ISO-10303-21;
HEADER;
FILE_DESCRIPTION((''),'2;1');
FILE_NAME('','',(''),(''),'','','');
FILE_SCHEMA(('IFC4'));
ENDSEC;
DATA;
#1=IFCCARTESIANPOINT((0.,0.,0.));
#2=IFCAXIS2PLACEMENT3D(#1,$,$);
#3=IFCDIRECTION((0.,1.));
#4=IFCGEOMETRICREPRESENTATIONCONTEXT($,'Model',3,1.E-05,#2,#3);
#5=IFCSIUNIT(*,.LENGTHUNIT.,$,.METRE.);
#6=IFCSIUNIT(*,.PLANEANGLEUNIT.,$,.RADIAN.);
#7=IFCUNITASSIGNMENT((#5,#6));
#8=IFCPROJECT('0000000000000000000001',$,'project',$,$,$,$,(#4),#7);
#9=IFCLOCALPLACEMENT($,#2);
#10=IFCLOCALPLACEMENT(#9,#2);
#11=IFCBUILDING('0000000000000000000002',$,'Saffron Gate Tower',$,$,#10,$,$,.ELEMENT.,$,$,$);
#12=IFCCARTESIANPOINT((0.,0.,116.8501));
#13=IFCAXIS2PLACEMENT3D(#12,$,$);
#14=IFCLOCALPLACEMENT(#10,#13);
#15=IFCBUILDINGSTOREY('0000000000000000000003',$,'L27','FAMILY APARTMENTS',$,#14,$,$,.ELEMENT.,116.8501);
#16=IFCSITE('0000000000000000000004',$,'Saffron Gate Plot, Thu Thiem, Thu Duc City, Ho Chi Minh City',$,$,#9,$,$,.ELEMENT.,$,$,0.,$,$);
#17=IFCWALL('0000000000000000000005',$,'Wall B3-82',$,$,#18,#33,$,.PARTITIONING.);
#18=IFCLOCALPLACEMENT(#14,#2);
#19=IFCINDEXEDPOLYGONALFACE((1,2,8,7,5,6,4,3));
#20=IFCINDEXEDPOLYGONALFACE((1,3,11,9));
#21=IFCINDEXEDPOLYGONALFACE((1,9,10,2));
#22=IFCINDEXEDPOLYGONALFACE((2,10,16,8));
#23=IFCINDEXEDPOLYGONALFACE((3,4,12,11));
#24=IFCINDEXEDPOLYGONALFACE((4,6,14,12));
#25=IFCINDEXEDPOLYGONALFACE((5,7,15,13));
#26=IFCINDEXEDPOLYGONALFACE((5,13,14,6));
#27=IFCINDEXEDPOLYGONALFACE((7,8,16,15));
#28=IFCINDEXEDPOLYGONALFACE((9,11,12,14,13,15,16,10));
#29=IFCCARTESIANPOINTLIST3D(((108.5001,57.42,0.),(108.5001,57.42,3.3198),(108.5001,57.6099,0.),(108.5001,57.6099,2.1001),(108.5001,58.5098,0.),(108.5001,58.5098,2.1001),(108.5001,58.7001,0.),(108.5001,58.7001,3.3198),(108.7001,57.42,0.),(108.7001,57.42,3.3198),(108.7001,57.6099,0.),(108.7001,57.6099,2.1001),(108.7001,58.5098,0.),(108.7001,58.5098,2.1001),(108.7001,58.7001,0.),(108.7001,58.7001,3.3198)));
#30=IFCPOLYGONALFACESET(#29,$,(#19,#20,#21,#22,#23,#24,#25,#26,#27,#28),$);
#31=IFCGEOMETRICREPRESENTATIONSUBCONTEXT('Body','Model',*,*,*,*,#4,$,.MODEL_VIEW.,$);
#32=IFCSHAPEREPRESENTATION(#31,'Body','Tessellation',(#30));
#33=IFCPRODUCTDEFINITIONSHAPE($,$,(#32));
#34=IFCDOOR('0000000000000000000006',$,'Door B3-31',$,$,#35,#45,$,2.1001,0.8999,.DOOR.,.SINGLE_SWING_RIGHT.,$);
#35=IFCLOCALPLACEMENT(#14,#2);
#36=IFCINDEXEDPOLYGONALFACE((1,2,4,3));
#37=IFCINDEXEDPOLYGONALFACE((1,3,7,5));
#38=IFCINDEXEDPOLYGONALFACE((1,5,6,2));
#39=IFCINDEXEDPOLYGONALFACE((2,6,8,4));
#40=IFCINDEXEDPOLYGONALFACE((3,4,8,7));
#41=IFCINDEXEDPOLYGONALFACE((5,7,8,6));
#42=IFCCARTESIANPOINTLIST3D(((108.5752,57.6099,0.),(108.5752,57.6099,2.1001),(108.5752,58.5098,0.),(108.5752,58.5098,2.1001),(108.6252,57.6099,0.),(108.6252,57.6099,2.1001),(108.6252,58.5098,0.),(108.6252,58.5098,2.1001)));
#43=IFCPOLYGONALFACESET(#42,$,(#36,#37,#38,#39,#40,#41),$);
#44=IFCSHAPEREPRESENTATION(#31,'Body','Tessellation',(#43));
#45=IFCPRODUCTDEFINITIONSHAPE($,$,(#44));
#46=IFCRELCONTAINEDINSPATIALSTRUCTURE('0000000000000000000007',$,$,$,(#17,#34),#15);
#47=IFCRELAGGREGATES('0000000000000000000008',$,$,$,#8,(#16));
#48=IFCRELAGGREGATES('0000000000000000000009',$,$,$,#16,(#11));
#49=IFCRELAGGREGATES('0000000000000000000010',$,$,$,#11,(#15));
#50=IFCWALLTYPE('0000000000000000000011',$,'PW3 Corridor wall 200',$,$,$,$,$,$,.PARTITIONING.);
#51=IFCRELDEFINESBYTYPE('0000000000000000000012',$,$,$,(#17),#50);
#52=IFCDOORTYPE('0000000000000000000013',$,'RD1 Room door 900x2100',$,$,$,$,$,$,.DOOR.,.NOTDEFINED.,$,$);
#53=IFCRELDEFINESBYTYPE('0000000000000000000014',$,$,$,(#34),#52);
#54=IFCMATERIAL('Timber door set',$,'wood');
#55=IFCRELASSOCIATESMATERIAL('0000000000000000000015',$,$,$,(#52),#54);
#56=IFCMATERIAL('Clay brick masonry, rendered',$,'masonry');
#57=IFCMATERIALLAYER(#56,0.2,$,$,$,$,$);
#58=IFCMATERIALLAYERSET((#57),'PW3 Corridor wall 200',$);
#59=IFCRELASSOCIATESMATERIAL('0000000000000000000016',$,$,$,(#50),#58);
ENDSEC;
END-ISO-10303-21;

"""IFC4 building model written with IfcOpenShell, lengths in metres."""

from ifc_helpers import new_model, si_unit, direction, frame, frame_2d, origin, place, context, subcontext, project, spatial, rectangle, extrude, material, layer, layer_set, type_object, element, fill, save


model = new_model("IFC4")

# Units and contexts
model_context = context("Model", 3, precision=1e-05, world=origin(), true_north=direction((0.0, 1.0)))
body_context = subcontext(model_context, "Body", "Model", "MODEL_VIEW")
ifc_project = project(units=[si_unit("LENGTHUNIT", "METRE"), si_unit("PLANEANGLEUNIT", "RADIAN")], contexts=[model_context])

# Site, building, storey
site_placement = place(None, origin())
site = spatial("IfcSite", under=ifc_project, at=site_placement, Name="Saffron Gate Plot, Thu Thiem, Thu Duc City, Ho Chi Minh City", CompositionType="ELEMENT", RefElevation=0.0)
building_placement = place(site_placement, origin())
building = spatial("IfcBuilding", under=site, at=building_placement, Name="Saffron Gate Tower", CompositionType="ELEMENT")
storey_placement = place(building_placement, frame((0.0, 0.0, 116.8501)))
storey = spatial("IfcBuildingStorey", under=building, at=storey_placement, Name="L27", Description="FAMILY APARTMENTS", CompositionType="ELEMENT", Elevation=116.8501)

# Shared definitions
ifc_material_1 = material(Name="Timber door set", Category="wood")

# Shared definitions
door_type_1 = type_object("IfcDoorType", Name="RD1 Room door 900x2100", OperationType="NOTDEFINED", PredefinedType="DOOR", material=ifc_material_1)

# Shared definitions
ifc_material_2 = material(Name="Clay brick masonry, rendered", Category="masonry")

# Shared definitions
ifc_layer_1 = layer(ifc_material_2, 0.2)
ifc_layer_set_1 = layer_set([ifc_layer_1], Name="PW3 Corridor wall 200")
wall_type_1 = type_object("IfcWallType", Name="PW3 Corridor wall 200", PredefinedType="PARTITIONING", material=ifc_layer_set_1)

# Wall, opening, door
wall_1_placement = place(storey_placement, frame((108.6001, 57.4199, 0.0), z_axis=(0.0, 0.0, 1.0), x_axis=(0.0, 1.0, 0.0)))
wall_1 = element("IfcWall", 1, at=wall_1_placement, inside=storey, type_object=wall_type_1, Name="Wall B3-82", PredefinedType="PARTITIONING", context=body_context, shape_type="SweptSolid", body=[
    extrude(rectangle(XDim=1.28, YDim=0.2, at=frame_2d((0.6401, 0.0))), origin(), (0.0, 0.0, 1.0), 3.3198),
])
opening_1_placement = place(wall_1_placement, frame((0.1899, 0.0, 0.0)))
opening_1 = element("IfcOpeningElement", 2, at=opening_1_placement, cuts=wall_1, PredefinedType="OPENING", context=body_context, shape_type="SweptSolid", body=[
    extrude(rectangle(XDim=0.8999, YDim=2.1001, at=frame_2d((0.45, 1.05))), frame((0.0, 0.1099, 0.0), z_axis=(0.0, -1.0, 0.0), x_axis=(1.0, 0.0, 0.0)), (0.0, 0.0, 1.0), 0.22),
])
door_1_placement = place(opening_1_placement, origin())
door_1 = element("IfcDoor", 3, at=door_1_placement, inside=storey, type_object=door_type_1, Name="Door B3-31", OperationType="SINGLE_SWING_RIGHT", OverallHeight=2.1001, OverallWidth=0.8999, PredefinedType="DOOR", context=body_context, shape_type="SweptSolid", body=[
    extrude(rectangle(XDim=0.8999, YDim=2.1001, at=frame_2d((0.45, 1.05))), frame((0.0, 0.0249, 0.0), z_axis=(0.0, -1.0, 0.0), x_axis=(1.0, 0.0, 0.0)), (0.0, 0.0, 1.0), 0.05),
])
fill(opening_1, door_1)

save(model, "model.ifc")
